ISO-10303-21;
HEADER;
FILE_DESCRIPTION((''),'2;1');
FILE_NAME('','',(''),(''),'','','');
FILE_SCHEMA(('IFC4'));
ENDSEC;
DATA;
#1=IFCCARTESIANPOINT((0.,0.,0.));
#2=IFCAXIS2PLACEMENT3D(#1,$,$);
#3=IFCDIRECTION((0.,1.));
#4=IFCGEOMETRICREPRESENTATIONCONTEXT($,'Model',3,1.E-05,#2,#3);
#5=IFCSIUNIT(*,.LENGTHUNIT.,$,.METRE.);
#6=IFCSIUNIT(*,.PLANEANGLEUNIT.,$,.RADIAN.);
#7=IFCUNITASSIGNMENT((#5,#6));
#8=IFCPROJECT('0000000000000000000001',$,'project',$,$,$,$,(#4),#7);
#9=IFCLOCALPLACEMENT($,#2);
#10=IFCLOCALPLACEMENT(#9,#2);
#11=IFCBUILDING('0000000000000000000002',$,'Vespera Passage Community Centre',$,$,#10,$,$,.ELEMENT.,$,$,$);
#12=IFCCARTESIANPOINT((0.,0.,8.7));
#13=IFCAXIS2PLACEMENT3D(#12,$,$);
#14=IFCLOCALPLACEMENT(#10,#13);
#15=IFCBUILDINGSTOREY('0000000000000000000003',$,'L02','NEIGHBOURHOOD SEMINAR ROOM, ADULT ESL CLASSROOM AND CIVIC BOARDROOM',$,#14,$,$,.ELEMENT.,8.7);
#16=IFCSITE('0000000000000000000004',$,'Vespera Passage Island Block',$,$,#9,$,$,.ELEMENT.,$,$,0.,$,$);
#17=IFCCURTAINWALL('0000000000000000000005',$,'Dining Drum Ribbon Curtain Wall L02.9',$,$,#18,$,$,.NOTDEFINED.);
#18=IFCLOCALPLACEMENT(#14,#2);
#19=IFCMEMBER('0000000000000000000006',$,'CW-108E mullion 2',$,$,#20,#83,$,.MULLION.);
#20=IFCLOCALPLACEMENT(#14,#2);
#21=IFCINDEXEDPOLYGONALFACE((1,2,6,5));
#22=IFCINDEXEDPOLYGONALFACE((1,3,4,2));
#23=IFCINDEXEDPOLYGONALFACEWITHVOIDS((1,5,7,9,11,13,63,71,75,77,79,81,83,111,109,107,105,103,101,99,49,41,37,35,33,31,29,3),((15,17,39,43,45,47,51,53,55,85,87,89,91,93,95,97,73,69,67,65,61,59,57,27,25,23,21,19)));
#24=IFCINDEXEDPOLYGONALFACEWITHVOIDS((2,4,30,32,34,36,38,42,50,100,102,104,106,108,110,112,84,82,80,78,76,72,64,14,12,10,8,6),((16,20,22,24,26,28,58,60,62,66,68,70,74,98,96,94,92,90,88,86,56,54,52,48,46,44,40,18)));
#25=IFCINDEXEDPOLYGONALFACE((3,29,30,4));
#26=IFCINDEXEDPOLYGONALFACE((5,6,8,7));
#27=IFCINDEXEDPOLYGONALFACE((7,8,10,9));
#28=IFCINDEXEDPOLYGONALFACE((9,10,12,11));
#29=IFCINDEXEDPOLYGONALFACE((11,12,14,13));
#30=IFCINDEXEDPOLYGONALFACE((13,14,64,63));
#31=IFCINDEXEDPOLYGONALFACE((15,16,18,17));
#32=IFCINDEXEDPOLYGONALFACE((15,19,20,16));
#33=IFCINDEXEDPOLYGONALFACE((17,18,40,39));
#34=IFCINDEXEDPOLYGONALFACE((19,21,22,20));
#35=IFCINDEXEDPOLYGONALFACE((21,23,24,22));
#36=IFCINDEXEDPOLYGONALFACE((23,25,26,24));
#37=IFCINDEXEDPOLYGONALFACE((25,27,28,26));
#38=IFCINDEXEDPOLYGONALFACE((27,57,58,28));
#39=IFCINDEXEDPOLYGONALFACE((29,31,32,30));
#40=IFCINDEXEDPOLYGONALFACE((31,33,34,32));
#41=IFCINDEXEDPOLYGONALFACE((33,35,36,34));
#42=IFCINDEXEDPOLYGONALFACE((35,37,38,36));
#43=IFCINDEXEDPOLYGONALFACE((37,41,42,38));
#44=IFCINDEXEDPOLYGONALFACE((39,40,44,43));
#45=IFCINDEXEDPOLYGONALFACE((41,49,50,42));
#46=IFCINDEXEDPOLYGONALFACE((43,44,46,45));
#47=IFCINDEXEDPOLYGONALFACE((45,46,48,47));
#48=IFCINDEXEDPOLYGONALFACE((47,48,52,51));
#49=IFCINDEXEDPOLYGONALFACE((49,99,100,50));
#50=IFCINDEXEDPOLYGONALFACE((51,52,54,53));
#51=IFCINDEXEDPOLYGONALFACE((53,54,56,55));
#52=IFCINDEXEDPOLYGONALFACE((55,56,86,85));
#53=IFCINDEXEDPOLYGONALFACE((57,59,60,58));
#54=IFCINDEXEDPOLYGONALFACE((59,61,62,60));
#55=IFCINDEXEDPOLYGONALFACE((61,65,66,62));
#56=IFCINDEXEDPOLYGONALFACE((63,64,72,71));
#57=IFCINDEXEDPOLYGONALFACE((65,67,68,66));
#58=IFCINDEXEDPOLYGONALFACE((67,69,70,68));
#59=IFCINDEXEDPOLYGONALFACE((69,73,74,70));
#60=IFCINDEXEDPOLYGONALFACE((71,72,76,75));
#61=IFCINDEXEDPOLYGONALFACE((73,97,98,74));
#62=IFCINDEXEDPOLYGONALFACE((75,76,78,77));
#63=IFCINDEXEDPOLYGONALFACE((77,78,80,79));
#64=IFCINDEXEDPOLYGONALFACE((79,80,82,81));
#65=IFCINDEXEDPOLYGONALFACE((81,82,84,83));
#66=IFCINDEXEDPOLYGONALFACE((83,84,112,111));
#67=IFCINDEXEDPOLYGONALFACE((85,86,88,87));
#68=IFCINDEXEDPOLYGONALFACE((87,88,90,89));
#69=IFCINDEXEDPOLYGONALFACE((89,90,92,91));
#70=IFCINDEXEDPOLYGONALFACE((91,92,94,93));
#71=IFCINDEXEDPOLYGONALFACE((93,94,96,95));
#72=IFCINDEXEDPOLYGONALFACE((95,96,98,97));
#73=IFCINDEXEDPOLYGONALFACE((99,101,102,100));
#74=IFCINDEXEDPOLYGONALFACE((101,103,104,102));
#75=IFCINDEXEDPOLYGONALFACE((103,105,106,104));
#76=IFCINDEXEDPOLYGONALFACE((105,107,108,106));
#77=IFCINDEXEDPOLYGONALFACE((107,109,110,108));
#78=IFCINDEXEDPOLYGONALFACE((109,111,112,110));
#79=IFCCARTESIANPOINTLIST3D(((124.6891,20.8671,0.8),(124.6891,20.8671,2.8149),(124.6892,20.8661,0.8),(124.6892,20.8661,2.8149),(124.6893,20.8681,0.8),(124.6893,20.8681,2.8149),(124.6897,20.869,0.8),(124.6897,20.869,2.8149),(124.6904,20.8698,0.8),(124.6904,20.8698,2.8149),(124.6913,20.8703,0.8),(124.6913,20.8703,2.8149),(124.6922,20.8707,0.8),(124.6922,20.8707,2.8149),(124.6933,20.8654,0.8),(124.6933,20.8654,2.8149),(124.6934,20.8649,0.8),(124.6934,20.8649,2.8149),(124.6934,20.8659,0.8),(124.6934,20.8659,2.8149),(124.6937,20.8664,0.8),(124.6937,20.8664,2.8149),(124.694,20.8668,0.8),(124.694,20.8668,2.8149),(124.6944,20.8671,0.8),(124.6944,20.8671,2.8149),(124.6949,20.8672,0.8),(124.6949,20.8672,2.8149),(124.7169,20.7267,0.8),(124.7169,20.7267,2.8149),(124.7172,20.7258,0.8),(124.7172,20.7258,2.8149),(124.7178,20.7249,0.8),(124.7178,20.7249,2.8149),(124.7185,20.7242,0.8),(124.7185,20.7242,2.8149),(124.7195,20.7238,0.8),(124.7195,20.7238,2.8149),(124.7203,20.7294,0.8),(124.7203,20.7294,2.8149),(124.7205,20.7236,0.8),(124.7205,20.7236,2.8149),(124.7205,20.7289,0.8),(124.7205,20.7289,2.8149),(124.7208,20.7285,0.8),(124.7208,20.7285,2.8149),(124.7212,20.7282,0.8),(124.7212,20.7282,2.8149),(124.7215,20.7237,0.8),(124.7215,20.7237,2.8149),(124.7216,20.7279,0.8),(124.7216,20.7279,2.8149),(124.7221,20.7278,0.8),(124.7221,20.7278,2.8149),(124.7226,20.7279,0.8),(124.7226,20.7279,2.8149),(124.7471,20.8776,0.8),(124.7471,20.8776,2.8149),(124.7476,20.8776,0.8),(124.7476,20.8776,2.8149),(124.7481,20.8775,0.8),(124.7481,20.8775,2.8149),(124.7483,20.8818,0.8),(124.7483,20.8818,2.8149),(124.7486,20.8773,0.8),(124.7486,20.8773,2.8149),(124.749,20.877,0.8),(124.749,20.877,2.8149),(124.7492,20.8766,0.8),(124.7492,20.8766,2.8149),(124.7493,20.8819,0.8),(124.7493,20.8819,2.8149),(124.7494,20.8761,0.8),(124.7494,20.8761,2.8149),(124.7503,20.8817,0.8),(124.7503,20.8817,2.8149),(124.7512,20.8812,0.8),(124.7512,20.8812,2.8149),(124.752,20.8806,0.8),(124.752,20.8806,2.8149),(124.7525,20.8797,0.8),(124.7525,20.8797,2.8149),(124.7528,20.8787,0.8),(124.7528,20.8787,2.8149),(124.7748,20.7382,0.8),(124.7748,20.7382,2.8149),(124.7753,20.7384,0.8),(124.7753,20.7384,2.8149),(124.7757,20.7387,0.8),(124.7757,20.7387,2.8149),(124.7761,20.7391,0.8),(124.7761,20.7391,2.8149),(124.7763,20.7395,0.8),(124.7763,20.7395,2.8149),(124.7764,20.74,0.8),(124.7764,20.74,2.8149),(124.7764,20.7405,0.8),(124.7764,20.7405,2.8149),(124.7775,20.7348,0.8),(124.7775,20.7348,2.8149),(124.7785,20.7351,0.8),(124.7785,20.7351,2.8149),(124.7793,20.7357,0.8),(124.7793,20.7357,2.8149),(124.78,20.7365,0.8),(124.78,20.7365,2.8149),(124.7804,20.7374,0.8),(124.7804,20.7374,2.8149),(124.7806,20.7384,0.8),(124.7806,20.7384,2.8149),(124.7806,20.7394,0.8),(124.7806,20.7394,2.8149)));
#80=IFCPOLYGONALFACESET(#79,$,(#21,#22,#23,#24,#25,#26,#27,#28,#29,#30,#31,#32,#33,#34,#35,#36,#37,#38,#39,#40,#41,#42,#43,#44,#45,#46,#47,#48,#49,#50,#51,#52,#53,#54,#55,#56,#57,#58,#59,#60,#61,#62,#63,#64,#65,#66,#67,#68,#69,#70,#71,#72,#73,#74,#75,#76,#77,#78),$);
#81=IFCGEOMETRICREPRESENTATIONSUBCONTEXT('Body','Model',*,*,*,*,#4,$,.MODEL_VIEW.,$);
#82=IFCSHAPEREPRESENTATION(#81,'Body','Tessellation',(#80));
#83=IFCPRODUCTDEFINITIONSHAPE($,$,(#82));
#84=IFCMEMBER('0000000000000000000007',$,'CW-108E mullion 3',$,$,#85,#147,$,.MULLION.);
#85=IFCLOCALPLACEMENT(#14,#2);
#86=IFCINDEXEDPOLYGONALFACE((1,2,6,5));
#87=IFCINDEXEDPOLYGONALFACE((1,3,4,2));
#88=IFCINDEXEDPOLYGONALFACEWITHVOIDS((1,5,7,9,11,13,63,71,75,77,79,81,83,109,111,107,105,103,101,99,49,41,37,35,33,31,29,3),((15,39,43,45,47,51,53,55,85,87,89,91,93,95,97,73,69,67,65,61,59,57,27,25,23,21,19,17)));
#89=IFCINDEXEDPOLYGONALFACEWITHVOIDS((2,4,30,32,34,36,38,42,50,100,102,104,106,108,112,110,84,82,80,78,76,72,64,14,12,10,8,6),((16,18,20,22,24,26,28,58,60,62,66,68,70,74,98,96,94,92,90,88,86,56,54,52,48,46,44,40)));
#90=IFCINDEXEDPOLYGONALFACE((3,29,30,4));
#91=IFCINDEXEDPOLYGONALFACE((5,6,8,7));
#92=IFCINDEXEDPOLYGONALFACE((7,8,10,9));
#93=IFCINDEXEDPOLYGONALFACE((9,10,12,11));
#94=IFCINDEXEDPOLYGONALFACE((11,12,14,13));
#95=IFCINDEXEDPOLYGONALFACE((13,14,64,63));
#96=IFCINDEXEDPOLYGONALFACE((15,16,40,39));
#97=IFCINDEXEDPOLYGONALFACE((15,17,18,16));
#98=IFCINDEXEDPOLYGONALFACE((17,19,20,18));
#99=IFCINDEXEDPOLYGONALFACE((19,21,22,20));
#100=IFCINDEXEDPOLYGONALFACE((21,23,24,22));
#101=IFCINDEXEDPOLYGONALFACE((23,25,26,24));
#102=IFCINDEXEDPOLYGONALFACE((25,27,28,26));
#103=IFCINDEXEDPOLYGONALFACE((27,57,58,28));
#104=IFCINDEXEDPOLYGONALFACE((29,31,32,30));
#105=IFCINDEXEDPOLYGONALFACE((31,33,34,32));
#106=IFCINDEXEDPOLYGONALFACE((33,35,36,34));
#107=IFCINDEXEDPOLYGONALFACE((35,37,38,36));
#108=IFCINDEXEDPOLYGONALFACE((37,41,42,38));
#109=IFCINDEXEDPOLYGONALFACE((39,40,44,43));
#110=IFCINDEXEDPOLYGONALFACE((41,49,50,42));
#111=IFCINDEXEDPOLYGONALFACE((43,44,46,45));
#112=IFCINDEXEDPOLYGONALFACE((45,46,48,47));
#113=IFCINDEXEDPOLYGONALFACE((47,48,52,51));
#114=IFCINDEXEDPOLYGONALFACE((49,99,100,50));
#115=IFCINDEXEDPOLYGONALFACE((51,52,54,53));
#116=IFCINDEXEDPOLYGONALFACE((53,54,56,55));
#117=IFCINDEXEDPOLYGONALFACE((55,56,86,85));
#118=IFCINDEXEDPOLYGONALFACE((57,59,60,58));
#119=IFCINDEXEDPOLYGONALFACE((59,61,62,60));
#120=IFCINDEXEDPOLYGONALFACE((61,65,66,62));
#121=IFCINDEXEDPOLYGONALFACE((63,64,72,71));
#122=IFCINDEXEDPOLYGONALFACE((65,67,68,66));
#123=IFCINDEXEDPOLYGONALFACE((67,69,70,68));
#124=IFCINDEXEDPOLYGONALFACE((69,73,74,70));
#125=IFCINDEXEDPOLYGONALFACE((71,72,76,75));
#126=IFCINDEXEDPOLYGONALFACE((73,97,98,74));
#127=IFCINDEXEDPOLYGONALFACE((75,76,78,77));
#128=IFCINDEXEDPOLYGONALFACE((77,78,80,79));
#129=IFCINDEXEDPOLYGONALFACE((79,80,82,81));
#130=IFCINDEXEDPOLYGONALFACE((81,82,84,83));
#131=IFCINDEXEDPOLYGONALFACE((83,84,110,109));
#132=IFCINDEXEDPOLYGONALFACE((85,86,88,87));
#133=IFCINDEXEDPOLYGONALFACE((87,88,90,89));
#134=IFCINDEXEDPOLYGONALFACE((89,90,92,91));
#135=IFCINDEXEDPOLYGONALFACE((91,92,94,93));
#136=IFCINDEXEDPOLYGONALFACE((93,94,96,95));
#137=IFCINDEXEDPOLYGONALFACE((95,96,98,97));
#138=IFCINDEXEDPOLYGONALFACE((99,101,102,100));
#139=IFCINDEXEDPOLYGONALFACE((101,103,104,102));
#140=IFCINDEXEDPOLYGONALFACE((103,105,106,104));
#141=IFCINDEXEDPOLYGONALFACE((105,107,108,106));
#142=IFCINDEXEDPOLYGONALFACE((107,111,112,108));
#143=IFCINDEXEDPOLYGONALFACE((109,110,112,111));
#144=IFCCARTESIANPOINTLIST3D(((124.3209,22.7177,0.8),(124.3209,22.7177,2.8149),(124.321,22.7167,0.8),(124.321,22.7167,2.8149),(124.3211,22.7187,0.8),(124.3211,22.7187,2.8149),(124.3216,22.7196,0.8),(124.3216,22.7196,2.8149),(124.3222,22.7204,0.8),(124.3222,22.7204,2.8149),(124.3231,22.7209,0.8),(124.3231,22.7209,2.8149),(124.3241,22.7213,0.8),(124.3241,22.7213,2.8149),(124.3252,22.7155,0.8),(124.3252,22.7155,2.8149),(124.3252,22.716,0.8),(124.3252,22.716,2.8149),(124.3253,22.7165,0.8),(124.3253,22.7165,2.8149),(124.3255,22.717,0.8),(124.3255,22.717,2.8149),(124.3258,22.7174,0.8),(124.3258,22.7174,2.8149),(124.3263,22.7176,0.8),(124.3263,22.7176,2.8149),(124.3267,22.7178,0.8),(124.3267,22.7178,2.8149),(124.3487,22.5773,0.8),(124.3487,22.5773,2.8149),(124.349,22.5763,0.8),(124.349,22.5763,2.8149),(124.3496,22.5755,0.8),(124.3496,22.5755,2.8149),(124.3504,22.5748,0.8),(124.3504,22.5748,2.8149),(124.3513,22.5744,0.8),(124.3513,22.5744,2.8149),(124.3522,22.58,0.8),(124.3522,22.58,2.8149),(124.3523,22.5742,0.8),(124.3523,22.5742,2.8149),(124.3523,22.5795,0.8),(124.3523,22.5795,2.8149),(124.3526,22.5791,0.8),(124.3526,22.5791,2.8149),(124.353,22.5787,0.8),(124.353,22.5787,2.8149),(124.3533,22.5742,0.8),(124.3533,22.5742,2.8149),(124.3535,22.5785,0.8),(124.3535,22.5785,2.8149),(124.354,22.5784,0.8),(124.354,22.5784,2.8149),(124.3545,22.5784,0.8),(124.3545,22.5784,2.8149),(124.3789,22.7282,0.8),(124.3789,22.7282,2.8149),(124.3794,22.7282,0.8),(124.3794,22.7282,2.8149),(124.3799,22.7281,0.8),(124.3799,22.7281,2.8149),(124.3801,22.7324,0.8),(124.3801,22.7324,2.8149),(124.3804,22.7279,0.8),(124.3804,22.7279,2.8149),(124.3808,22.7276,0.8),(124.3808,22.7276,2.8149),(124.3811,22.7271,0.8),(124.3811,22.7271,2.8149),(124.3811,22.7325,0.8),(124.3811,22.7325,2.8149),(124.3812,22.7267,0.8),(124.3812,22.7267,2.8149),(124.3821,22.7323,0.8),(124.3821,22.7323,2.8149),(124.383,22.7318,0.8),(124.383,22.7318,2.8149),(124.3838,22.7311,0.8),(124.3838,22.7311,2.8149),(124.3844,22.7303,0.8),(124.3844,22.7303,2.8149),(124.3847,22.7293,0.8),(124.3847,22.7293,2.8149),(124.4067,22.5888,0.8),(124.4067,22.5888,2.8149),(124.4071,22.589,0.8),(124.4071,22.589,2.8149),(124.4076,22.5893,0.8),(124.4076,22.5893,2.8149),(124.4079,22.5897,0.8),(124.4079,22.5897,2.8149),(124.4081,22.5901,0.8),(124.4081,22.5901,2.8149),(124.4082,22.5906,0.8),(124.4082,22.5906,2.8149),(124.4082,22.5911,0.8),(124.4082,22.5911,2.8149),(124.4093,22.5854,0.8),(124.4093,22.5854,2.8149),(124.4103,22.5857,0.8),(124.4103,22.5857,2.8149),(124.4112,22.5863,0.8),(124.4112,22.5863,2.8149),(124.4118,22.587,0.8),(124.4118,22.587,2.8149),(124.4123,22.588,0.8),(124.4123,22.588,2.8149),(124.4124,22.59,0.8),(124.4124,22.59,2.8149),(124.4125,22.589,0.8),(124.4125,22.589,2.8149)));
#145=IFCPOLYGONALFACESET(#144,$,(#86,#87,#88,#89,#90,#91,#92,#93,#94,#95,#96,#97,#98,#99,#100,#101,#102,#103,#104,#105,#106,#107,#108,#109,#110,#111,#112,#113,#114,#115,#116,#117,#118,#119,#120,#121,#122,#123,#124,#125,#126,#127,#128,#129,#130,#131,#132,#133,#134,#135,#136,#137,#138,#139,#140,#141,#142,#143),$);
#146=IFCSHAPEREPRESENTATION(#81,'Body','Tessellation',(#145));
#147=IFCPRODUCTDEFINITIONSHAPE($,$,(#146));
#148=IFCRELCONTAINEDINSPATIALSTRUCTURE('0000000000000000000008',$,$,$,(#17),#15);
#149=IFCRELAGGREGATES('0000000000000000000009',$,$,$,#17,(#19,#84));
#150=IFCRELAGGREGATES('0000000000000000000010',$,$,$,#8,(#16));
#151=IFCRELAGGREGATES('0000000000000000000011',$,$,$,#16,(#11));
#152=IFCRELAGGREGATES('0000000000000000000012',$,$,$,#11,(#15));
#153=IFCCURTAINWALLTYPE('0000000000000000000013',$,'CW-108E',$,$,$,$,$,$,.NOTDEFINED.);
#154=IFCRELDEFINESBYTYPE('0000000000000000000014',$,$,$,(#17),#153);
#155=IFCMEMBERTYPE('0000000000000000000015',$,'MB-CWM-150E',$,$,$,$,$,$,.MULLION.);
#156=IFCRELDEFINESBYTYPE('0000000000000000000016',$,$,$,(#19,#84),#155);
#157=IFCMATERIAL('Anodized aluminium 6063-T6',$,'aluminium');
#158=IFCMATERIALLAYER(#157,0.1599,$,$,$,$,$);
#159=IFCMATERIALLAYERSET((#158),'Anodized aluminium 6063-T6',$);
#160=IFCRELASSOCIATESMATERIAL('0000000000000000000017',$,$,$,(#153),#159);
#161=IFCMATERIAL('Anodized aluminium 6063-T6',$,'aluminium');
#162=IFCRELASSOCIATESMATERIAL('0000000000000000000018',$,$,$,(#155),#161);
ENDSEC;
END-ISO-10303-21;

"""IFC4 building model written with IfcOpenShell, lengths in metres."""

from ifc_helpers import new_model, si_unit, direction, frame, origin, origin_2d, place, context, subcontext, project, spatial, hollow_rectangle, extrude, material, layer, layer_set, material_profile, profile_set, type_object, element, aggregate, save


model = new_model("IFC4")

# Units and contexts
model_context = context("Model", 3, precision=1e-05, world=origin(), true_north=direction((0.0, 1.0)))
body_context = subcontext(model_context, "Body", "Model", "MODEL_VIEW")
ifc_project = project(units=[si_unit("LENGTHUNIT", "METRE"), si_unit("PLANEANGLEUNIT", "RADIAN")], contexts=[model_context])

# Site, building, storey
site_placement = place(None, origin())
site = spatial("IfcSite", under=ifc_project, at=site_placement, Name="Vespera Passage Island Block", CompositionType="ELEMENT", RefElevation=0.0)
building_placement = place(site_placement, origin())
building = spatial("IfcBuilding", under=site, at=building_placement, Name="Vespera Passage Community Centre", CompositionType="ELEMENT")
storey_placement = place(building_placement, frame((0.0, 0.0, 8.7)))
storey = spatial("IfcBuildingStorey", under=building, at=storey_placement, Name="L02", Description="NEIGHBOURHOOD SEMINAR ROOM, ADULT ESL CLASSROOM AND CIVIC BOARDROOM", CompositionType="ELEMENT", Elevation=8.7)

# Shared definitions
ifc_material_1 = material(Name="Anodized aluminium 6063-T6", Category="aluminium")
ifc_layer_1 = layer(ifc_material_1, 0.1599)
ifc_layer_set_1 = layer_set([ifc_layer_1], Name="Anodized aluminium 6063-T6")
curtain_wall_type_1 = type_object("IfcCurtainWallType", Name="CW-108E", PredefinedType="NOTDEFINED", material=ifc_layer_set_1)
ifc_material_2 = material(Name="Anodized aluminium 6063-T6", Category="aluminium")
ifc_material_profile_1 = material_profile(ifc_material_2, hollow_rectangle(XDim=0.0649, YDim=0.1499, WallThickness=0.0039, InnerFilletRadius=0.002, OuterFilletRadius=0.0039, at=origin_2d()), Name="ALU150X65X4")
ifc_profile_set_1 = profile_set([ifc_material_profile_1], Name="Anodized aluminium 6063-T6")
member_type_1 = type_object("IfcMemberType", Name="MB-CWM-150E", PredefinedType="MULLION", material=ifc_profile_set_1)

# Curtain wall, members
curtain_wall_1_placement = place(storey_placement, origin())
curtain_wall_1 = element("IfcCurtainWall", 1, at=curtain_wall_1_placement, inside=storey, type_object=curtain_wall_type_1, Name="Dining Drum Ribbon Curtain Wall L02.9", PredefinedType="NOTDEFINED")
member_1_placement = place(storey_placement, frame((124.7349, 20.8027, 0.8), z_axis=(0.0, 0.0, 1.0), x_axis=(-0.980784, -0.195097, 0.0)))
member_1 = element("IfcMember", 2, at=member_1_placement, type_object=member_type_1, Name="CW-108E mullion 2", PredefinedType="MULLION", context=body_context, shape_type="SweptSolid", body=[
    extrude(hollow_rectangle(XDim=0.0649, YDim=0.1499, WallThickness=0.0039, InnerFilletRadius=0.002, OuterFilletRadius=0.0039, at=origin_2d()), origin(), (0.0, 0.0, 1.0), 2.0149),
])
member_2_placement = place(storey_placement, frame((124.3667, 22.6533, 0.8), z_axis=(0.0, 0.0, 1.0), x_axis=(-0.980784, -0.195097, 0.0)))
member_2 = element("IfcMember", 3, at=member_2_placement, type_object=member_type_1, Name="CW-108E mullion 3", PredefinedType="MULLION", context=body_context, shape_type="SweptSolid", body=[
    extrude(hollow_rectangle(XDim=0.0649, YDim=0.1499, WallThickness=0.0039, InnerFilletRadius=0.002, OuterFilletRadius=0.0039, at=origin_2d()), origin(), (0.0, 0.0, 1.0), 2.0149),
])

aggregate(curtain_wall_1, [member_1, member_2])

save(model, "model.ifc")
